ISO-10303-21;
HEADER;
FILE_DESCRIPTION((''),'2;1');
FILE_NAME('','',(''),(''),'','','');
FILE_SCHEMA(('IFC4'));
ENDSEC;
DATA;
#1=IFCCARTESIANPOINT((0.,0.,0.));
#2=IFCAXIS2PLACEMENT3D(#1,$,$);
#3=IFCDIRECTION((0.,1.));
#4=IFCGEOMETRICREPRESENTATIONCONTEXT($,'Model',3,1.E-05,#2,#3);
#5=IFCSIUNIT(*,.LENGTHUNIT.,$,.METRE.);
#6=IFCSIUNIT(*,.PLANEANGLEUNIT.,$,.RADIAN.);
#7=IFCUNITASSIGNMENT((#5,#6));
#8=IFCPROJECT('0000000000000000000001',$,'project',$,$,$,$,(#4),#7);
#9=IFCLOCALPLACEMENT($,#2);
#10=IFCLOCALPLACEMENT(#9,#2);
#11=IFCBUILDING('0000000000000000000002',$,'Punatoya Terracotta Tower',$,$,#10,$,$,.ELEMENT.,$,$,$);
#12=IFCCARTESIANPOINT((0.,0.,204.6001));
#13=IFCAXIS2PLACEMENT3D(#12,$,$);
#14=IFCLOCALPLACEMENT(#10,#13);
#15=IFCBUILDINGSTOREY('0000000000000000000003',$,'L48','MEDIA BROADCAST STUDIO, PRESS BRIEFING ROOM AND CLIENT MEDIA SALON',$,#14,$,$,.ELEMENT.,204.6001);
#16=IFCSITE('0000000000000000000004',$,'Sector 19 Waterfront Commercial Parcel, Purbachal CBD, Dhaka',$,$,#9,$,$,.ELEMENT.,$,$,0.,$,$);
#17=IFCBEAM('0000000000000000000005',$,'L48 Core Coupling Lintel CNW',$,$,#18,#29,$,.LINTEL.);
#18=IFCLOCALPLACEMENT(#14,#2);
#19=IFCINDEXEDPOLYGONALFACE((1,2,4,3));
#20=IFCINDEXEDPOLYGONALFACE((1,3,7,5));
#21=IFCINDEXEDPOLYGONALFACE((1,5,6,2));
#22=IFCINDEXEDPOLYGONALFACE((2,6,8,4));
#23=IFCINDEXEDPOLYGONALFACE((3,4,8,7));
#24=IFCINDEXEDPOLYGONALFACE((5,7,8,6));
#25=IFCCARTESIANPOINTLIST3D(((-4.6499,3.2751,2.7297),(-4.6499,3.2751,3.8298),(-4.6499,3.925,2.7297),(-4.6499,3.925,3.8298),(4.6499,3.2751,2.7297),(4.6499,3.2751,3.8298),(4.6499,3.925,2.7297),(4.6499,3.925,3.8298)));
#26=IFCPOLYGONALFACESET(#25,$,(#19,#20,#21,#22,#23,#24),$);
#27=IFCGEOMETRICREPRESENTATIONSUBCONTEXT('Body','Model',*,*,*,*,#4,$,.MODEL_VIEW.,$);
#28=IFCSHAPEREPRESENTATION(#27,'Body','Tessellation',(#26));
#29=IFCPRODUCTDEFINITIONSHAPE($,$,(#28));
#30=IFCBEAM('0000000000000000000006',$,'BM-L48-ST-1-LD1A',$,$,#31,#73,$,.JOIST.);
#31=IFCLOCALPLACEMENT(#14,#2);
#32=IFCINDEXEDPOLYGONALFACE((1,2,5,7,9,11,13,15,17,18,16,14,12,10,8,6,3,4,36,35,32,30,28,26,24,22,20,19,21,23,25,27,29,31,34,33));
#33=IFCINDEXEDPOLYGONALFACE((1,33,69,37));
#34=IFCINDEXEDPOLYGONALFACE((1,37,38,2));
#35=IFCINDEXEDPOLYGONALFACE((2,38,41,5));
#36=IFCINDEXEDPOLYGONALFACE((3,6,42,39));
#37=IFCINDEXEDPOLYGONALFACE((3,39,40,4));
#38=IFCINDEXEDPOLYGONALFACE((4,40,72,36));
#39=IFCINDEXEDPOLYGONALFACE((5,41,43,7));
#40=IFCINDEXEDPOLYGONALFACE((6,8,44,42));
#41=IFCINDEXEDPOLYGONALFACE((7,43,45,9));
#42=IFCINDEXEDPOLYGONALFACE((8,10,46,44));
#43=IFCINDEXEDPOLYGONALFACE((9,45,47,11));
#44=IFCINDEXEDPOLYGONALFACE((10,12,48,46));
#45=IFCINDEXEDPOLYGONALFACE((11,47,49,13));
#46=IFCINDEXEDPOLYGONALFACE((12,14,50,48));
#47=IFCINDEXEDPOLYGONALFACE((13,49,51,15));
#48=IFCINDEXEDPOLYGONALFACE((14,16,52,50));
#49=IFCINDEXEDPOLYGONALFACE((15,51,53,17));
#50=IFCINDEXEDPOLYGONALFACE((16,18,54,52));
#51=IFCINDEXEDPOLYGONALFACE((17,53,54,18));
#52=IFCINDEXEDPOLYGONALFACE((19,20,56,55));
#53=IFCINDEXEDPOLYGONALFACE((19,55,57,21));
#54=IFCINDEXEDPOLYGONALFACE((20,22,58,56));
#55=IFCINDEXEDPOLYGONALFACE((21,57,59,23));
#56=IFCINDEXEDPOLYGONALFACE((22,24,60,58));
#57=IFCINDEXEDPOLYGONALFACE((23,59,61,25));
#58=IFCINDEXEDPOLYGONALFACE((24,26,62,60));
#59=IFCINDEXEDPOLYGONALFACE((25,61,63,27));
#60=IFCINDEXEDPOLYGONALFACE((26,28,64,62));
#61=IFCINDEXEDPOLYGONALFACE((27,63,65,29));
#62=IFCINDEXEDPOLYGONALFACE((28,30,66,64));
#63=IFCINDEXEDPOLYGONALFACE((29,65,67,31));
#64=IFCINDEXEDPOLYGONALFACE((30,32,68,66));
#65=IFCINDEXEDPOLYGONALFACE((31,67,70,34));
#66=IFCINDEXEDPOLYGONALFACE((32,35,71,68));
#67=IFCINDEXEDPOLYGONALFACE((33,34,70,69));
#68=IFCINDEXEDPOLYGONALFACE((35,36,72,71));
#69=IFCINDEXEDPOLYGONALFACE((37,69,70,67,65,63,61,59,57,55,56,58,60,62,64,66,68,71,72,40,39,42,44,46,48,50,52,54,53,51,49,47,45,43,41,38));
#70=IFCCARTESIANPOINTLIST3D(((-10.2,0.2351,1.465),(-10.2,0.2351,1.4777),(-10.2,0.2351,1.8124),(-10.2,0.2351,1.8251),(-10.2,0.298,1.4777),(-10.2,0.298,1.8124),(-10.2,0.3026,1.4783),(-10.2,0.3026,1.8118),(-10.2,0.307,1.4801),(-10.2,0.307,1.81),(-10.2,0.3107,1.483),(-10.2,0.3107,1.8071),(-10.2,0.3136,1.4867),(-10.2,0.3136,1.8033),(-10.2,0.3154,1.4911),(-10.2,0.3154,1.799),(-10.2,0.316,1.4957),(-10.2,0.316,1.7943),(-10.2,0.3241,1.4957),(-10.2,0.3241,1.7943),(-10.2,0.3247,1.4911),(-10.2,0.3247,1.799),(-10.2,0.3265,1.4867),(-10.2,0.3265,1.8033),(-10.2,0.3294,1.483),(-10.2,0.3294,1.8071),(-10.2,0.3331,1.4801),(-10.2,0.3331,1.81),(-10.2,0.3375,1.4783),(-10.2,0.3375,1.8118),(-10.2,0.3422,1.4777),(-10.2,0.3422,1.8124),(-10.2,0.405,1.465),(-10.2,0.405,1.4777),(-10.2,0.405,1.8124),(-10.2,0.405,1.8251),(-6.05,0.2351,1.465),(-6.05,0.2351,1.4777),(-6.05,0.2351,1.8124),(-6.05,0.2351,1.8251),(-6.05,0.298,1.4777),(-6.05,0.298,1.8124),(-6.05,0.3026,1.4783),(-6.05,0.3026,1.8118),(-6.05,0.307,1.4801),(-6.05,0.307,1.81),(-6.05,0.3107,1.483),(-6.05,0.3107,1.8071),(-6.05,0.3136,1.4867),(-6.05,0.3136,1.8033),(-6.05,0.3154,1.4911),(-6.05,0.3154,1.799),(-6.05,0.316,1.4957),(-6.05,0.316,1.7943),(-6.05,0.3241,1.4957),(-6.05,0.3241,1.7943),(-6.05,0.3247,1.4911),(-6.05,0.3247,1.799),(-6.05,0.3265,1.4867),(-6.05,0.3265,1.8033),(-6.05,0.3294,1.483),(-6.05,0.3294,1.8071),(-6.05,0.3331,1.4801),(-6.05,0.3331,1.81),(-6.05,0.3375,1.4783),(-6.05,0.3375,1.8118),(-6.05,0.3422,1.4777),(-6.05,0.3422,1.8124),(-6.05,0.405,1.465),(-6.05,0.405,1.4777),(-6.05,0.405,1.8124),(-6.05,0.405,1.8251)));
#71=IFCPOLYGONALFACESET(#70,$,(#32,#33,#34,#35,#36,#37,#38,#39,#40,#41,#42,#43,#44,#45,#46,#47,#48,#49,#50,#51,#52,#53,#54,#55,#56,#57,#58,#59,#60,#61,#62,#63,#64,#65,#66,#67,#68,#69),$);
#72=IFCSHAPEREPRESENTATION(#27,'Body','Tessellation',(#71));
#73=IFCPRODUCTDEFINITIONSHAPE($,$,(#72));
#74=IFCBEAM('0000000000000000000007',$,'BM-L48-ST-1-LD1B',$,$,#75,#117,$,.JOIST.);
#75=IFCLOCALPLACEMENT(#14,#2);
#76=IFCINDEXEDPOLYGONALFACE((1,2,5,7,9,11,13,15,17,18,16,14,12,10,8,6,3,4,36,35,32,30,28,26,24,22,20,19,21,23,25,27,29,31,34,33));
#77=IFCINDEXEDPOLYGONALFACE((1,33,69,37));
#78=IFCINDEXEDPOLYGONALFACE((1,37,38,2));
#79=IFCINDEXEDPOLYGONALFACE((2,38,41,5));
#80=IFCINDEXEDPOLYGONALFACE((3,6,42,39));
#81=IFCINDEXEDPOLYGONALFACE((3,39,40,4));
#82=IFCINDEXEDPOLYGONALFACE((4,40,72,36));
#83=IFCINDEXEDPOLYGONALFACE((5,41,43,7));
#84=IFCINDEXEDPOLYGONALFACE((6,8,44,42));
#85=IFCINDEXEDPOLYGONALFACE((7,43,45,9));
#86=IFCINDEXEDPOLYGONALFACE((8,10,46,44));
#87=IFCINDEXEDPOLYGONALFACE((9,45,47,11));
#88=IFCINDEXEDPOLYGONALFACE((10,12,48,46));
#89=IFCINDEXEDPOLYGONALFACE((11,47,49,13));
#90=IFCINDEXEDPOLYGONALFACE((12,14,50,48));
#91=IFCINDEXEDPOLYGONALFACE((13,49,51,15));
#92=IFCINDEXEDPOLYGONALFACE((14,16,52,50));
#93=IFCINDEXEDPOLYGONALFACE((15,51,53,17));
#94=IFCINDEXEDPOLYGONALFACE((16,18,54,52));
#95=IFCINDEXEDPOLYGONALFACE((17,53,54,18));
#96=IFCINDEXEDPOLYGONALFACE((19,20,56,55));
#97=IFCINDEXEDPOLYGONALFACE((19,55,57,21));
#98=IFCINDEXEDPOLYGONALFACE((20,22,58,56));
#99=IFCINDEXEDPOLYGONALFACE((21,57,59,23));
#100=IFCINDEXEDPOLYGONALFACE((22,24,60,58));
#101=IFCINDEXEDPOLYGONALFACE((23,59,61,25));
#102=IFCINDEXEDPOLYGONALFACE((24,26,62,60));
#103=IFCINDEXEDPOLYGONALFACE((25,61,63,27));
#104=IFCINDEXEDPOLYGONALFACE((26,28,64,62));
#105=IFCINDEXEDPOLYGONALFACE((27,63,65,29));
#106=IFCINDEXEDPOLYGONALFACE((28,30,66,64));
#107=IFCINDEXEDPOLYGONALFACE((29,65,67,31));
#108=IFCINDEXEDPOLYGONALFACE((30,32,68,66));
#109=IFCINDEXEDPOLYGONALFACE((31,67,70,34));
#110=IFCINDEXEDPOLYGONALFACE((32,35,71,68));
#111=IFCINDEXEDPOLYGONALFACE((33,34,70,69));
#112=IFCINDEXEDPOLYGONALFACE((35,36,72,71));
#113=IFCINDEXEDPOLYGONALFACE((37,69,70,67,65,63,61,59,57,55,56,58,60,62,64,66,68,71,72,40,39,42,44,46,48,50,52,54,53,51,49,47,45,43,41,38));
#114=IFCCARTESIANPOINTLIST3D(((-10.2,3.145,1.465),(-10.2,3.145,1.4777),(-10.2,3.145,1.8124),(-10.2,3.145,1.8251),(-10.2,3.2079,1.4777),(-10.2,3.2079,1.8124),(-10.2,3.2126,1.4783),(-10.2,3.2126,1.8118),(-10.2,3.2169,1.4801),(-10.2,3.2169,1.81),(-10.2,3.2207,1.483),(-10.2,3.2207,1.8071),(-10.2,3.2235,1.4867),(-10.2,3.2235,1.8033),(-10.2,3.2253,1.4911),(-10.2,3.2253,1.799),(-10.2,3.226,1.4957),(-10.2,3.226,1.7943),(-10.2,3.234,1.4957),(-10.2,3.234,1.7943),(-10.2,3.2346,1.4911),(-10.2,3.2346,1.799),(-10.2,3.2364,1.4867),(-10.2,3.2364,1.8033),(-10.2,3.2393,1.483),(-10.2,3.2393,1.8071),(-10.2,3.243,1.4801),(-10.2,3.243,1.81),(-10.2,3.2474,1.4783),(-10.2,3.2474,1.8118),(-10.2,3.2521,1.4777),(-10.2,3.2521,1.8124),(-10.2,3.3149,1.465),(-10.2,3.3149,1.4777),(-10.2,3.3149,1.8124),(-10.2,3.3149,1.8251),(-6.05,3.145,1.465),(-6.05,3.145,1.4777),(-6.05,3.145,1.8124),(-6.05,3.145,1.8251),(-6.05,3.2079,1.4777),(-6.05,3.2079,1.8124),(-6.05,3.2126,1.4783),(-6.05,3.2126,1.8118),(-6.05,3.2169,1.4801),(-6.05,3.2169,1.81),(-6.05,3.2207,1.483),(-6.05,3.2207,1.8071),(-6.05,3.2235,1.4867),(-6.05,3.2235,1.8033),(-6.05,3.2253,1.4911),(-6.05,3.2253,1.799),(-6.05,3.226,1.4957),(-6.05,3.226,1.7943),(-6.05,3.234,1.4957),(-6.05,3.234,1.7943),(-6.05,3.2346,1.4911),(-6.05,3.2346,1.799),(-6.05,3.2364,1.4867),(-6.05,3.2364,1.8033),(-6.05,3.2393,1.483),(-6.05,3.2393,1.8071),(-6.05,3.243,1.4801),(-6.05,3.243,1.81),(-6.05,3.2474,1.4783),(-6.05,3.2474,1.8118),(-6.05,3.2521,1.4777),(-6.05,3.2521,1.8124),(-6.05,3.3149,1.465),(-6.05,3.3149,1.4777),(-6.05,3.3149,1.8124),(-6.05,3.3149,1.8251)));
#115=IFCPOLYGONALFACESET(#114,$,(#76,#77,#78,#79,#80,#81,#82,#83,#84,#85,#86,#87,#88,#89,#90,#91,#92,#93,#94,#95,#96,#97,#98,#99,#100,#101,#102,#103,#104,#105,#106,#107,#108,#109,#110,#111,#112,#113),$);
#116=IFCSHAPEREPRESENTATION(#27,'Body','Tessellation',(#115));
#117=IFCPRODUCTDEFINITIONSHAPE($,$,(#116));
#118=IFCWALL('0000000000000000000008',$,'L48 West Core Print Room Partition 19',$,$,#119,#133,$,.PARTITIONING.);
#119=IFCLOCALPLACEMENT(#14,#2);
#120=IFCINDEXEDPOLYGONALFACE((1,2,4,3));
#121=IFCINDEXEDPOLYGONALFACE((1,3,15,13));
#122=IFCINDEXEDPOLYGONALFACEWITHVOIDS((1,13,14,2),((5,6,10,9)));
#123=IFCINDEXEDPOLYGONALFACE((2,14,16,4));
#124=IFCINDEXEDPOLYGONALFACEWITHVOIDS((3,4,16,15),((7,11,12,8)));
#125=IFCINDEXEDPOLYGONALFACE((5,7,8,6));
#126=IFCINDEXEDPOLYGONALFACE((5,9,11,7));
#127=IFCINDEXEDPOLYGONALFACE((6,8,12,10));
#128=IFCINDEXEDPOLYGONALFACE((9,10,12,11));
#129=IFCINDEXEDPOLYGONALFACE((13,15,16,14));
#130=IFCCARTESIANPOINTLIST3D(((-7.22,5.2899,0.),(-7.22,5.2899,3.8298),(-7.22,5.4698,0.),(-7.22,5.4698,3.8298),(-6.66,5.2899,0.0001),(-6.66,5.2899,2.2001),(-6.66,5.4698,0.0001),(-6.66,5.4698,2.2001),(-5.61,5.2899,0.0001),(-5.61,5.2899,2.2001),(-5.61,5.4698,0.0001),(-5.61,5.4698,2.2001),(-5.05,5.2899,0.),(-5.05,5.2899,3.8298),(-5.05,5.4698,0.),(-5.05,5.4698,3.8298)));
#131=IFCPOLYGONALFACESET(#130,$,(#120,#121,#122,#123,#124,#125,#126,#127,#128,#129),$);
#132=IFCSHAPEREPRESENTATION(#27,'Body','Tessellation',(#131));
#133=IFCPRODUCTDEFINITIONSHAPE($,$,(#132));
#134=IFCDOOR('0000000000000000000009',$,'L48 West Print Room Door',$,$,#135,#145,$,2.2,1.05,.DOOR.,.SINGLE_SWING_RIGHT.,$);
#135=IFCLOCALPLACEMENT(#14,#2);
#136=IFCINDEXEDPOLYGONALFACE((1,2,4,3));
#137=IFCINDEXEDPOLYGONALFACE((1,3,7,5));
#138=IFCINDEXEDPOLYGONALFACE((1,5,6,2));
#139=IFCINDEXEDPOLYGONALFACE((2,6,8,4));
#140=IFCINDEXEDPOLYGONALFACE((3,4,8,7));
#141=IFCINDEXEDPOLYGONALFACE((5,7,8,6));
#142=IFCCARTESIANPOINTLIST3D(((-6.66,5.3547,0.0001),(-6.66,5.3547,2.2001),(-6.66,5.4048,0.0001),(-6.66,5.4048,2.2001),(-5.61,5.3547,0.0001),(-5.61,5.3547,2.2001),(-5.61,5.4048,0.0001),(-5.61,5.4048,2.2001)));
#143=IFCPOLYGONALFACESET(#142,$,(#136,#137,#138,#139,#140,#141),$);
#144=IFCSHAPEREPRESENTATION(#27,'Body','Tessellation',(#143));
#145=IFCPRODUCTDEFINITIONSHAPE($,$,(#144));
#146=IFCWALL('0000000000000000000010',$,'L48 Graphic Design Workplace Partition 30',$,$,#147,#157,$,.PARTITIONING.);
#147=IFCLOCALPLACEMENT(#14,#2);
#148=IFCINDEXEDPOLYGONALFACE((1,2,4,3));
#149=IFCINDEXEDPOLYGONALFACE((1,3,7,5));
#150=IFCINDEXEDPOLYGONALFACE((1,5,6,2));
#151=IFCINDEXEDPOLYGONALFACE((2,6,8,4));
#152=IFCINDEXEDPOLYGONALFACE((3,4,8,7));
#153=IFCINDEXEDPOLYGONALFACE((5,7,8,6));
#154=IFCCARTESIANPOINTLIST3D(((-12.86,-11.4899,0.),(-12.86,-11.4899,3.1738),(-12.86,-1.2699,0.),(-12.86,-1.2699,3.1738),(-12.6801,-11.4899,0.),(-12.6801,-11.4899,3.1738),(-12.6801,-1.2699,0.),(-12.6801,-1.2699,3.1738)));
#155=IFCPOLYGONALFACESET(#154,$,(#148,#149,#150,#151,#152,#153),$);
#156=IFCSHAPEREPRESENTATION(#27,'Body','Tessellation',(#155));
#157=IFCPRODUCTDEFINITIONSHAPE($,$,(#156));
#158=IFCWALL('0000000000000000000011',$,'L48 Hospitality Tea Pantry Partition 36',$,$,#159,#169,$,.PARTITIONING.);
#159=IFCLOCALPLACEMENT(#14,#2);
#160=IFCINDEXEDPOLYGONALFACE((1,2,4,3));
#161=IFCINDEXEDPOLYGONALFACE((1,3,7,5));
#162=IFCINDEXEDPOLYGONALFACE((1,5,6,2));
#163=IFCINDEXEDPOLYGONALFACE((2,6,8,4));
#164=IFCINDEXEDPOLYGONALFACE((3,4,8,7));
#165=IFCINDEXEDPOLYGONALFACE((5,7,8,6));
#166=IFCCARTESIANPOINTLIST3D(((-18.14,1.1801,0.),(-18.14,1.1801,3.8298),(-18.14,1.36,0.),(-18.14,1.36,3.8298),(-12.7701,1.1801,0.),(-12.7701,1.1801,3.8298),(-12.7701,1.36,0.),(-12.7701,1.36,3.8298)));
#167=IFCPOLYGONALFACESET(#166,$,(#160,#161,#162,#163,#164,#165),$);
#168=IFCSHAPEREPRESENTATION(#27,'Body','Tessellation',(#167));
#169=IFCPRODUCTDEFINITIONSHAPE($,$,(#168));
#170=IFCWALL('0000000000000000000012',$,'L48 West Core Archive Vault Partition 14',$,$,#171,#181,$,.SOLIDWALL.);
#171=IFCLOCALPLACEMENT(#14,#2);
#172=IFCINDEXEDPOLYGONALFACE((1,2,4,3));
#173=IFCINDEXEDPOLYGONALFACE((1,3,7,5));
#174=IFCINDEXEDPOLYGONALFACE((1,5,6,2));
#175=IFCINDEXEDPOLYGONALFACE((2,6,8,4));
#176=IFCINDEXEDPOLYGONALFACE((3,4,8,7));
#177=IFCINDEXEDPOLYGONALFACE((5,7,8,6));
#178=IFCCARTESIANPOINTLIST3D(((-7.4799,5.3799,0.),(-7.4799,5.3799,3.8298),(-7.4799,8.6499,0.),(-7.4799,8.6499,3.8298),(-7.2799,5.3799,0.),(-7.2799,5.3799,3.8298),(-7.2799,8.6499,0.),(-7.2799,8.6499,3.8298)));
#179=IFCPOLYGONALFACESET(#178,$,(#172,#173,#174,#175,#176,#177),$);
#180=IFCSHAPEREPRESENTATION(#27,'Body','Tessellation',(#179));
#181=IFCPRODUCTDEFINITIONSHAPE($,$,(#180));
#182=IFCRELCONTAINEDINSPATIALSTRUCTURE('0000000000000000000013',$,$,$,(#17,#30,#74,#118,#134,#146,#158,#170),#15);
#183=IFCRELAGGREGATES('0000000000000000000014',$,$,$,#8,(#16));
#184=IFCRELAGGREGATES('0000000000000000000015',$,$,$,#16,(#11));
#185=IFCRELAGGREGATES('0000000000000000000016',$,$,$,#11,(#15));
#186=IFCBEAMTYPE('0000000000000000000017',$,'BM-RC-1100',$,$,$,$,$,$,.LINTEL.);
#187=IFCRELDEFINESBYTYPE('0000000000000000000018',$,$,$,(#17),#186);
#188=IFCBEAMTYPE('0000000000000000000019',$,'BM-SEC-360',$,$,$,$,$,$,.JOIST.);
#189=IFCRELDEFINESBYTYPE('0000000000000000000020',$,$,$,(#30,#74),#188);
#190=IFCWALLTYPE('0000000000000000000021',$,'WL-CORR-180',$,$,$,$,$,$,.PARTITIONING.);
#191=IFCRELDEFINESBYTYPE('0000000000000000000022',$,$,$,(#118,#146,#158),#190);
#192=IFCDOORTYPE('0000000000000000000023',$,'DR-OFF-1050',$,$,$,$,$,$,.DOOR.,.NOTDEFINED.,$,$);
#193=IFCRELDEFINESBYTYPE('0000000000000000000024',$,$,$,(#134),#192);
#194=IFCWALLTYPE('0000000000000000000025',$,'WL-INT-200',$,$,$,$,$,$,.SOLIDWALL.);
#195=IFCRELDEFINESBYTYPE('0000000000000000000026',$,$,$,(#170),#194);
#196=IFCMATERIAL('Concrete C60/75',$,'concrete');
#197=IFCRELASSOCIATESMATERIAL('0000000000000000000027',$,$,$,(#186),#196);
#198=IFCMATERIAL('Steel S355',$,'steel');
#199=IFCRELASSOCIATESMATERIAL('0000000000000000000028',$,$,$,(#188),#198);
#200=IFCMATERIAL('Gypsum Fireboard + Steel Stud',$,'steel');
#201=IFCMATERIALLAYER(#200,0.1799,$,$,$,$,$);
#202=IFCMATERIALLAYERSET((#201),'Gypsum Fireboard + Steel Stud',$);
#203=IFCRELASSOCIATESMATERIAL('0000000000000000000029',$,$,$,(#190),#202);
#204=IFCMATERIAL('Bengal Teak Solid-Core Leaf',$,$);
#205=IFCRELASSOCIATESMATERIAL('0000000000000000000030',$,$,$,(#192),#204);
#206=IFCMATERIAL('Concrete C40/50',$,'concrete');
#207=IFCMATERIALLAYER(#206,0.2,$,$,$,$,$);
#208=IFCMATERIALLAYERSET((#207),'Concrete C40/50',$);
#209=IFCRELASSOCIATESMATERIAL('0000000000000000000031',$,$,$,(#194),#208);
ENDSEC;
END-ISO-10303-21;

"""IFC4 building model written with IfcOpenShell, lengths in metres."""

from ifc_helpers import new_model, si_unit, direction, frame, frame_2d, origin, origin_2d, place, context, subcontext, project, spatial, rectangle, i_section, extrude, material, layer, layer_set, material_profile, profile_set, type_object, element, fill, save


model = new_model("IFC4")

# Units and contexts
model_context = context("Model", 3, precision=1e-05, world=origin(), true_north=direction((0.0, 1.0)))
body_context = subcontext(model_context, "Body", "Model", "MODEL_VIEW")
ifc_project = project(units=[si_unit("LENGTHUNIT", "METRE"), si_unit("PLANEANGLEUNIT", "RADIAN")], contexts=[model_context])

# Site, building, storey
site_placement = place(None, origin())
site = spatial("IfcSite", under=ifc_project, at=site_placement, Name="Sector 19 Waterfront Commercial Parcel, Purbachal CBD, Dhaka", CompositionType="ELEMENT", RefElevation=0.0)
building_placement = place(site_placement, origin())
building = spatial("IfcBuilding", under=site, at=building_placement, Name="Punatoya Terracotta Tower", CompositionType="ELEMENT")
storey_placement = place(building_placement, frame((0.0, 0.0, 204.6001)))
storey = spatial("IfcBuildingStorey", under=building, at=storey_placement, Name="L48", Description="MEDIA BROADCAST STUDIO, PRESS BRIEFING ROOM AND CLIENT MEDIA SALON", CompositionType="ELEMENT", Elevation=204.6001)

# Beams
ifc_material_1 = material(Name="Concrete C60/75", Category="concrete")
ifc_material_profile_1 = material_profile(ifc_material_1, rectangle(XDim=0.6499, YDim=1.1001, at=origin_2d()))
ifc_profile_set_1 = profile_set([ifc_material_profile_1], Name="Concrete C60/75")
beam_type_1 = type_object("IfcBeamType", Name="BM-RC-1100", PredefinedType="LINTEL", material=ifc_profile_set_1)
beam_placement = place(storey_placement, frame((-4.6499, 3.6001, 3.2798), z_axis=(1.0, 0.0, 0.0), x_axis=(0.0, 1.0, 0.0)))
element("IfcBeam", 1, at=beam_placement, inside=storey, type_object=beam_type_1, Name="L48 Core Coupling Lintel CNW", PredefinedType="LINTEL", context=body_context, shape_type="SweptSolid", body=[
    extrude(rectangle(XDim=0.6499, YDim=1.1001, at=origin_2d()), origin(), (0.0, 0.0, 1.0), 9.2998),
])
ifc_material_2 = material(Name="Steel S355", Category="steel")
ifc_material_profile_2 = material_profile(ifc_material_2, i_section(OverallWidth=0.1699, OverallDepth=0.3601, WebThickness=0.0081, FlangeThickness=0.0127, FilletRadius=0.0181, at=origin_2d()))
ifc_profile_set_2 = profile_set([ifc_material_profile_2], Name="Steel S355")
beam_type_2 = type_object("IfcBeamType", Name="BM-SEC-360", PredefinedType="JOIST", material=ifc_profile_set_2)
for number, where, z_axis, x_axis, name in (
    (2, (-10.2, 0.3201, 1.645), (1.0, 0.0, 0.0), (0.0, 1.0, 0.0), "BM-L48-ST-1-LD1A"),
    (3, (-10.2, 3.23, 1.645), (1.0, 0.0, 0.0), (0.0, 1.0, 0.0), "BM-L48-ST-1-LD1B"),
):
    element("IfcBeam", number, at=place(storey_placement, frame(where, z_axis=z_axis, x_axis=x_axis)), inside=storey, type_object=beam_type_2, Name=name, PredefinedType="JOIST", context=body_context, shape_type="SweptSolid", body=[
        extrude(i_section(OverallWidth=0.1699, OverallDepth=0.3601, WebThickness=0.0081, FlangeThickness=0.0127, FilletRadius=0.0181, at=origin_2d()), origin(), (0.0, 0.0, 1.0), 4.1499),
    ])

# Wall, opening, door
ifc_material_3 = material(Name="Gypsum Fireboard + Steel Stud", Category="steel")
ifc_layer_1 = layer(ifc_material_3, 0.1799)
ifc_layer_set_1 = layer_set([ifc_layer_1], Name="Gypsum Fireboard + Steel Stud")
wall_type_1 = type_object("IfcWallType", Name="WL-CORR-180", PredefinedType="PARTITIONING", material=ifc_layer_set_1)
wall_1_placement = place(storey_placement, frame((-7.22, 5.3799, 0.0), z_axis=(0.0, 0.0, 1.0), x_axis=(1.0, 0.0, 0.0)))
wall_1 = element("IfcWall", 4, at=wall_1_placement, inside=storey, type_object=wall_type_1, Name="L48 West Core Print Room Partition 19", PredefinedType="PARTITIONING", context=body_context, shape_type="SweptSolid", body=[
    extrude(rectangle(XDim=2.1699, YDim=0.1799, at=frame_2d((1.085, 0.0))), origin(), (0.0, 0.0, 1.0), 3.8298),
])
opening_1_placement = place(wall_1_placement, frame((0.5601, 0.0, 0.0)))
opening_1 = element("IfcOpeningElement", 5, at=opening_1_placement, cuts=wall_1, PredefinedType="OPENING", context=body_context, shape_type="SweptSolid", body=[
    extrude(rectangle(XDim=1.05, YDim=2.2, at=frame_2d((0.5249, 1.1001))), frame((0.0, 0.0999, 0.0), z_axis=(0.0, -1.0, 0.0), x_axis=(1.0, 0.0, 0.0)), (0.0, 0.0, 1.0), 0.2),
])
ifc_material_4 = material(Name="Bengal Teak Solid-Core Leaf")
door_type_1 = type_object("IfcDoorType", Name="DR-OFF-1050", OperationType="NOTDEFINED", PredefinedType="DOOR", material=ifc_material_4)
door_1_placement = place(opening_1_placement, origin())
door_1 = element("IfcDoor", 6, at=door_1_placement, inside=storey, type_object=door_type_1, Name="L48 West Print Room Door", OperationType="SINGLE_SWING_RIGHT", OverallHeight=2.2, OverallWidth=1.05, PredefinedType="DOOR", context=body_context, shape_type="SweptSolid", body=[
    extrude(rectangle(XDim=1.05, YDim=2.2, at=frame_2d((0.5249, 1.1001))), frame((0.0, 0.0249, 0.0), z_axis=(0.0, -1.0, 0.0), x_axis=(1.0, 0.0, 0.0)), (0.0, 0.0, 1.0), 0.05),
])
fill(opening_1, door_1)

# Walls
wall_2_placement = place(storey_placement, frame((-12.77, -1.27, 0.0), z_axis=(0.0, 0.0, 1.0), x_axis=(0.0, -1.0, 0.0)))
element("IfcWall", 7, at=wall_2_placement, inside=storey, type_object=wall_type_1, Name="L48 Graphic Design Workplace Partition 30", PredefinedType="PARTITIONING", context=body_context, shape_type="SweptSolid", body=[
    extrude(rectangle(XDim=10.22, YDim=0.1799, at=frame_2d((5.1099, 0.0))), origin(), (0.0, 0.0, 1.0), 3.1738),
])
wall_3_placement = place(storey_placement, frame((-12.77, 1.27, 0.0), z_axis=(0.0, 0.0, 1.0), x_axis=(-1.0, 0.0, 0.0)))
element("IfcWall", 8, at=wall_3_placement, inside=storey, type_object=wall_type_1, Name="L48 Hospitality Tea Pantry Partition 36", PredefinedType="PARTITIONING", context=body_context, shape_type="SweptSolid", body=[
    extrude(rectangle(XDim=5.3699, YDim=0.1799, at=frame_2d((2.6851, 0.0))), origin(), (0.0, 0.0, 1.0), 3.8298),
])
ifc_material_5 = material(Name="Concrete C40/50", Category="concrete")
ifc_layer_2 = layer(ifc_material_5, 0.2)
ifc_layer_set_2 = layer_set([ifc_layer_2], Name="Concrete C40/50")
wall_type_2 = type_object("IfcWallType", Name="WL-INT-200", PredefinedType="SOLIDWALL", material=ifc_layer_set_2)
wall_4_placement = place(storey_placement, frame((-7.3799, 5.3799, 0.0), z_axis=(0.0, 0.0, 1.0), x_axis=(0.0, 1.0, 0.0)))
element("IfcWall", 9, at=wall_4_placement, inside=storey, type_object=wall_type_2, Name="L48 West Core Archive Vault Partition 14", PredefinedType="SOLIDWALL", context=body_context, shape_type="SweptSolid", body=[
    extrude(rectangle(XDim=3.27, YDim=0.2, at=frame_2d((1.635, 0.0))), origin(), (0.0, 0.0, 1.0), 3.8298),
])

save(model, "model.ifc")
